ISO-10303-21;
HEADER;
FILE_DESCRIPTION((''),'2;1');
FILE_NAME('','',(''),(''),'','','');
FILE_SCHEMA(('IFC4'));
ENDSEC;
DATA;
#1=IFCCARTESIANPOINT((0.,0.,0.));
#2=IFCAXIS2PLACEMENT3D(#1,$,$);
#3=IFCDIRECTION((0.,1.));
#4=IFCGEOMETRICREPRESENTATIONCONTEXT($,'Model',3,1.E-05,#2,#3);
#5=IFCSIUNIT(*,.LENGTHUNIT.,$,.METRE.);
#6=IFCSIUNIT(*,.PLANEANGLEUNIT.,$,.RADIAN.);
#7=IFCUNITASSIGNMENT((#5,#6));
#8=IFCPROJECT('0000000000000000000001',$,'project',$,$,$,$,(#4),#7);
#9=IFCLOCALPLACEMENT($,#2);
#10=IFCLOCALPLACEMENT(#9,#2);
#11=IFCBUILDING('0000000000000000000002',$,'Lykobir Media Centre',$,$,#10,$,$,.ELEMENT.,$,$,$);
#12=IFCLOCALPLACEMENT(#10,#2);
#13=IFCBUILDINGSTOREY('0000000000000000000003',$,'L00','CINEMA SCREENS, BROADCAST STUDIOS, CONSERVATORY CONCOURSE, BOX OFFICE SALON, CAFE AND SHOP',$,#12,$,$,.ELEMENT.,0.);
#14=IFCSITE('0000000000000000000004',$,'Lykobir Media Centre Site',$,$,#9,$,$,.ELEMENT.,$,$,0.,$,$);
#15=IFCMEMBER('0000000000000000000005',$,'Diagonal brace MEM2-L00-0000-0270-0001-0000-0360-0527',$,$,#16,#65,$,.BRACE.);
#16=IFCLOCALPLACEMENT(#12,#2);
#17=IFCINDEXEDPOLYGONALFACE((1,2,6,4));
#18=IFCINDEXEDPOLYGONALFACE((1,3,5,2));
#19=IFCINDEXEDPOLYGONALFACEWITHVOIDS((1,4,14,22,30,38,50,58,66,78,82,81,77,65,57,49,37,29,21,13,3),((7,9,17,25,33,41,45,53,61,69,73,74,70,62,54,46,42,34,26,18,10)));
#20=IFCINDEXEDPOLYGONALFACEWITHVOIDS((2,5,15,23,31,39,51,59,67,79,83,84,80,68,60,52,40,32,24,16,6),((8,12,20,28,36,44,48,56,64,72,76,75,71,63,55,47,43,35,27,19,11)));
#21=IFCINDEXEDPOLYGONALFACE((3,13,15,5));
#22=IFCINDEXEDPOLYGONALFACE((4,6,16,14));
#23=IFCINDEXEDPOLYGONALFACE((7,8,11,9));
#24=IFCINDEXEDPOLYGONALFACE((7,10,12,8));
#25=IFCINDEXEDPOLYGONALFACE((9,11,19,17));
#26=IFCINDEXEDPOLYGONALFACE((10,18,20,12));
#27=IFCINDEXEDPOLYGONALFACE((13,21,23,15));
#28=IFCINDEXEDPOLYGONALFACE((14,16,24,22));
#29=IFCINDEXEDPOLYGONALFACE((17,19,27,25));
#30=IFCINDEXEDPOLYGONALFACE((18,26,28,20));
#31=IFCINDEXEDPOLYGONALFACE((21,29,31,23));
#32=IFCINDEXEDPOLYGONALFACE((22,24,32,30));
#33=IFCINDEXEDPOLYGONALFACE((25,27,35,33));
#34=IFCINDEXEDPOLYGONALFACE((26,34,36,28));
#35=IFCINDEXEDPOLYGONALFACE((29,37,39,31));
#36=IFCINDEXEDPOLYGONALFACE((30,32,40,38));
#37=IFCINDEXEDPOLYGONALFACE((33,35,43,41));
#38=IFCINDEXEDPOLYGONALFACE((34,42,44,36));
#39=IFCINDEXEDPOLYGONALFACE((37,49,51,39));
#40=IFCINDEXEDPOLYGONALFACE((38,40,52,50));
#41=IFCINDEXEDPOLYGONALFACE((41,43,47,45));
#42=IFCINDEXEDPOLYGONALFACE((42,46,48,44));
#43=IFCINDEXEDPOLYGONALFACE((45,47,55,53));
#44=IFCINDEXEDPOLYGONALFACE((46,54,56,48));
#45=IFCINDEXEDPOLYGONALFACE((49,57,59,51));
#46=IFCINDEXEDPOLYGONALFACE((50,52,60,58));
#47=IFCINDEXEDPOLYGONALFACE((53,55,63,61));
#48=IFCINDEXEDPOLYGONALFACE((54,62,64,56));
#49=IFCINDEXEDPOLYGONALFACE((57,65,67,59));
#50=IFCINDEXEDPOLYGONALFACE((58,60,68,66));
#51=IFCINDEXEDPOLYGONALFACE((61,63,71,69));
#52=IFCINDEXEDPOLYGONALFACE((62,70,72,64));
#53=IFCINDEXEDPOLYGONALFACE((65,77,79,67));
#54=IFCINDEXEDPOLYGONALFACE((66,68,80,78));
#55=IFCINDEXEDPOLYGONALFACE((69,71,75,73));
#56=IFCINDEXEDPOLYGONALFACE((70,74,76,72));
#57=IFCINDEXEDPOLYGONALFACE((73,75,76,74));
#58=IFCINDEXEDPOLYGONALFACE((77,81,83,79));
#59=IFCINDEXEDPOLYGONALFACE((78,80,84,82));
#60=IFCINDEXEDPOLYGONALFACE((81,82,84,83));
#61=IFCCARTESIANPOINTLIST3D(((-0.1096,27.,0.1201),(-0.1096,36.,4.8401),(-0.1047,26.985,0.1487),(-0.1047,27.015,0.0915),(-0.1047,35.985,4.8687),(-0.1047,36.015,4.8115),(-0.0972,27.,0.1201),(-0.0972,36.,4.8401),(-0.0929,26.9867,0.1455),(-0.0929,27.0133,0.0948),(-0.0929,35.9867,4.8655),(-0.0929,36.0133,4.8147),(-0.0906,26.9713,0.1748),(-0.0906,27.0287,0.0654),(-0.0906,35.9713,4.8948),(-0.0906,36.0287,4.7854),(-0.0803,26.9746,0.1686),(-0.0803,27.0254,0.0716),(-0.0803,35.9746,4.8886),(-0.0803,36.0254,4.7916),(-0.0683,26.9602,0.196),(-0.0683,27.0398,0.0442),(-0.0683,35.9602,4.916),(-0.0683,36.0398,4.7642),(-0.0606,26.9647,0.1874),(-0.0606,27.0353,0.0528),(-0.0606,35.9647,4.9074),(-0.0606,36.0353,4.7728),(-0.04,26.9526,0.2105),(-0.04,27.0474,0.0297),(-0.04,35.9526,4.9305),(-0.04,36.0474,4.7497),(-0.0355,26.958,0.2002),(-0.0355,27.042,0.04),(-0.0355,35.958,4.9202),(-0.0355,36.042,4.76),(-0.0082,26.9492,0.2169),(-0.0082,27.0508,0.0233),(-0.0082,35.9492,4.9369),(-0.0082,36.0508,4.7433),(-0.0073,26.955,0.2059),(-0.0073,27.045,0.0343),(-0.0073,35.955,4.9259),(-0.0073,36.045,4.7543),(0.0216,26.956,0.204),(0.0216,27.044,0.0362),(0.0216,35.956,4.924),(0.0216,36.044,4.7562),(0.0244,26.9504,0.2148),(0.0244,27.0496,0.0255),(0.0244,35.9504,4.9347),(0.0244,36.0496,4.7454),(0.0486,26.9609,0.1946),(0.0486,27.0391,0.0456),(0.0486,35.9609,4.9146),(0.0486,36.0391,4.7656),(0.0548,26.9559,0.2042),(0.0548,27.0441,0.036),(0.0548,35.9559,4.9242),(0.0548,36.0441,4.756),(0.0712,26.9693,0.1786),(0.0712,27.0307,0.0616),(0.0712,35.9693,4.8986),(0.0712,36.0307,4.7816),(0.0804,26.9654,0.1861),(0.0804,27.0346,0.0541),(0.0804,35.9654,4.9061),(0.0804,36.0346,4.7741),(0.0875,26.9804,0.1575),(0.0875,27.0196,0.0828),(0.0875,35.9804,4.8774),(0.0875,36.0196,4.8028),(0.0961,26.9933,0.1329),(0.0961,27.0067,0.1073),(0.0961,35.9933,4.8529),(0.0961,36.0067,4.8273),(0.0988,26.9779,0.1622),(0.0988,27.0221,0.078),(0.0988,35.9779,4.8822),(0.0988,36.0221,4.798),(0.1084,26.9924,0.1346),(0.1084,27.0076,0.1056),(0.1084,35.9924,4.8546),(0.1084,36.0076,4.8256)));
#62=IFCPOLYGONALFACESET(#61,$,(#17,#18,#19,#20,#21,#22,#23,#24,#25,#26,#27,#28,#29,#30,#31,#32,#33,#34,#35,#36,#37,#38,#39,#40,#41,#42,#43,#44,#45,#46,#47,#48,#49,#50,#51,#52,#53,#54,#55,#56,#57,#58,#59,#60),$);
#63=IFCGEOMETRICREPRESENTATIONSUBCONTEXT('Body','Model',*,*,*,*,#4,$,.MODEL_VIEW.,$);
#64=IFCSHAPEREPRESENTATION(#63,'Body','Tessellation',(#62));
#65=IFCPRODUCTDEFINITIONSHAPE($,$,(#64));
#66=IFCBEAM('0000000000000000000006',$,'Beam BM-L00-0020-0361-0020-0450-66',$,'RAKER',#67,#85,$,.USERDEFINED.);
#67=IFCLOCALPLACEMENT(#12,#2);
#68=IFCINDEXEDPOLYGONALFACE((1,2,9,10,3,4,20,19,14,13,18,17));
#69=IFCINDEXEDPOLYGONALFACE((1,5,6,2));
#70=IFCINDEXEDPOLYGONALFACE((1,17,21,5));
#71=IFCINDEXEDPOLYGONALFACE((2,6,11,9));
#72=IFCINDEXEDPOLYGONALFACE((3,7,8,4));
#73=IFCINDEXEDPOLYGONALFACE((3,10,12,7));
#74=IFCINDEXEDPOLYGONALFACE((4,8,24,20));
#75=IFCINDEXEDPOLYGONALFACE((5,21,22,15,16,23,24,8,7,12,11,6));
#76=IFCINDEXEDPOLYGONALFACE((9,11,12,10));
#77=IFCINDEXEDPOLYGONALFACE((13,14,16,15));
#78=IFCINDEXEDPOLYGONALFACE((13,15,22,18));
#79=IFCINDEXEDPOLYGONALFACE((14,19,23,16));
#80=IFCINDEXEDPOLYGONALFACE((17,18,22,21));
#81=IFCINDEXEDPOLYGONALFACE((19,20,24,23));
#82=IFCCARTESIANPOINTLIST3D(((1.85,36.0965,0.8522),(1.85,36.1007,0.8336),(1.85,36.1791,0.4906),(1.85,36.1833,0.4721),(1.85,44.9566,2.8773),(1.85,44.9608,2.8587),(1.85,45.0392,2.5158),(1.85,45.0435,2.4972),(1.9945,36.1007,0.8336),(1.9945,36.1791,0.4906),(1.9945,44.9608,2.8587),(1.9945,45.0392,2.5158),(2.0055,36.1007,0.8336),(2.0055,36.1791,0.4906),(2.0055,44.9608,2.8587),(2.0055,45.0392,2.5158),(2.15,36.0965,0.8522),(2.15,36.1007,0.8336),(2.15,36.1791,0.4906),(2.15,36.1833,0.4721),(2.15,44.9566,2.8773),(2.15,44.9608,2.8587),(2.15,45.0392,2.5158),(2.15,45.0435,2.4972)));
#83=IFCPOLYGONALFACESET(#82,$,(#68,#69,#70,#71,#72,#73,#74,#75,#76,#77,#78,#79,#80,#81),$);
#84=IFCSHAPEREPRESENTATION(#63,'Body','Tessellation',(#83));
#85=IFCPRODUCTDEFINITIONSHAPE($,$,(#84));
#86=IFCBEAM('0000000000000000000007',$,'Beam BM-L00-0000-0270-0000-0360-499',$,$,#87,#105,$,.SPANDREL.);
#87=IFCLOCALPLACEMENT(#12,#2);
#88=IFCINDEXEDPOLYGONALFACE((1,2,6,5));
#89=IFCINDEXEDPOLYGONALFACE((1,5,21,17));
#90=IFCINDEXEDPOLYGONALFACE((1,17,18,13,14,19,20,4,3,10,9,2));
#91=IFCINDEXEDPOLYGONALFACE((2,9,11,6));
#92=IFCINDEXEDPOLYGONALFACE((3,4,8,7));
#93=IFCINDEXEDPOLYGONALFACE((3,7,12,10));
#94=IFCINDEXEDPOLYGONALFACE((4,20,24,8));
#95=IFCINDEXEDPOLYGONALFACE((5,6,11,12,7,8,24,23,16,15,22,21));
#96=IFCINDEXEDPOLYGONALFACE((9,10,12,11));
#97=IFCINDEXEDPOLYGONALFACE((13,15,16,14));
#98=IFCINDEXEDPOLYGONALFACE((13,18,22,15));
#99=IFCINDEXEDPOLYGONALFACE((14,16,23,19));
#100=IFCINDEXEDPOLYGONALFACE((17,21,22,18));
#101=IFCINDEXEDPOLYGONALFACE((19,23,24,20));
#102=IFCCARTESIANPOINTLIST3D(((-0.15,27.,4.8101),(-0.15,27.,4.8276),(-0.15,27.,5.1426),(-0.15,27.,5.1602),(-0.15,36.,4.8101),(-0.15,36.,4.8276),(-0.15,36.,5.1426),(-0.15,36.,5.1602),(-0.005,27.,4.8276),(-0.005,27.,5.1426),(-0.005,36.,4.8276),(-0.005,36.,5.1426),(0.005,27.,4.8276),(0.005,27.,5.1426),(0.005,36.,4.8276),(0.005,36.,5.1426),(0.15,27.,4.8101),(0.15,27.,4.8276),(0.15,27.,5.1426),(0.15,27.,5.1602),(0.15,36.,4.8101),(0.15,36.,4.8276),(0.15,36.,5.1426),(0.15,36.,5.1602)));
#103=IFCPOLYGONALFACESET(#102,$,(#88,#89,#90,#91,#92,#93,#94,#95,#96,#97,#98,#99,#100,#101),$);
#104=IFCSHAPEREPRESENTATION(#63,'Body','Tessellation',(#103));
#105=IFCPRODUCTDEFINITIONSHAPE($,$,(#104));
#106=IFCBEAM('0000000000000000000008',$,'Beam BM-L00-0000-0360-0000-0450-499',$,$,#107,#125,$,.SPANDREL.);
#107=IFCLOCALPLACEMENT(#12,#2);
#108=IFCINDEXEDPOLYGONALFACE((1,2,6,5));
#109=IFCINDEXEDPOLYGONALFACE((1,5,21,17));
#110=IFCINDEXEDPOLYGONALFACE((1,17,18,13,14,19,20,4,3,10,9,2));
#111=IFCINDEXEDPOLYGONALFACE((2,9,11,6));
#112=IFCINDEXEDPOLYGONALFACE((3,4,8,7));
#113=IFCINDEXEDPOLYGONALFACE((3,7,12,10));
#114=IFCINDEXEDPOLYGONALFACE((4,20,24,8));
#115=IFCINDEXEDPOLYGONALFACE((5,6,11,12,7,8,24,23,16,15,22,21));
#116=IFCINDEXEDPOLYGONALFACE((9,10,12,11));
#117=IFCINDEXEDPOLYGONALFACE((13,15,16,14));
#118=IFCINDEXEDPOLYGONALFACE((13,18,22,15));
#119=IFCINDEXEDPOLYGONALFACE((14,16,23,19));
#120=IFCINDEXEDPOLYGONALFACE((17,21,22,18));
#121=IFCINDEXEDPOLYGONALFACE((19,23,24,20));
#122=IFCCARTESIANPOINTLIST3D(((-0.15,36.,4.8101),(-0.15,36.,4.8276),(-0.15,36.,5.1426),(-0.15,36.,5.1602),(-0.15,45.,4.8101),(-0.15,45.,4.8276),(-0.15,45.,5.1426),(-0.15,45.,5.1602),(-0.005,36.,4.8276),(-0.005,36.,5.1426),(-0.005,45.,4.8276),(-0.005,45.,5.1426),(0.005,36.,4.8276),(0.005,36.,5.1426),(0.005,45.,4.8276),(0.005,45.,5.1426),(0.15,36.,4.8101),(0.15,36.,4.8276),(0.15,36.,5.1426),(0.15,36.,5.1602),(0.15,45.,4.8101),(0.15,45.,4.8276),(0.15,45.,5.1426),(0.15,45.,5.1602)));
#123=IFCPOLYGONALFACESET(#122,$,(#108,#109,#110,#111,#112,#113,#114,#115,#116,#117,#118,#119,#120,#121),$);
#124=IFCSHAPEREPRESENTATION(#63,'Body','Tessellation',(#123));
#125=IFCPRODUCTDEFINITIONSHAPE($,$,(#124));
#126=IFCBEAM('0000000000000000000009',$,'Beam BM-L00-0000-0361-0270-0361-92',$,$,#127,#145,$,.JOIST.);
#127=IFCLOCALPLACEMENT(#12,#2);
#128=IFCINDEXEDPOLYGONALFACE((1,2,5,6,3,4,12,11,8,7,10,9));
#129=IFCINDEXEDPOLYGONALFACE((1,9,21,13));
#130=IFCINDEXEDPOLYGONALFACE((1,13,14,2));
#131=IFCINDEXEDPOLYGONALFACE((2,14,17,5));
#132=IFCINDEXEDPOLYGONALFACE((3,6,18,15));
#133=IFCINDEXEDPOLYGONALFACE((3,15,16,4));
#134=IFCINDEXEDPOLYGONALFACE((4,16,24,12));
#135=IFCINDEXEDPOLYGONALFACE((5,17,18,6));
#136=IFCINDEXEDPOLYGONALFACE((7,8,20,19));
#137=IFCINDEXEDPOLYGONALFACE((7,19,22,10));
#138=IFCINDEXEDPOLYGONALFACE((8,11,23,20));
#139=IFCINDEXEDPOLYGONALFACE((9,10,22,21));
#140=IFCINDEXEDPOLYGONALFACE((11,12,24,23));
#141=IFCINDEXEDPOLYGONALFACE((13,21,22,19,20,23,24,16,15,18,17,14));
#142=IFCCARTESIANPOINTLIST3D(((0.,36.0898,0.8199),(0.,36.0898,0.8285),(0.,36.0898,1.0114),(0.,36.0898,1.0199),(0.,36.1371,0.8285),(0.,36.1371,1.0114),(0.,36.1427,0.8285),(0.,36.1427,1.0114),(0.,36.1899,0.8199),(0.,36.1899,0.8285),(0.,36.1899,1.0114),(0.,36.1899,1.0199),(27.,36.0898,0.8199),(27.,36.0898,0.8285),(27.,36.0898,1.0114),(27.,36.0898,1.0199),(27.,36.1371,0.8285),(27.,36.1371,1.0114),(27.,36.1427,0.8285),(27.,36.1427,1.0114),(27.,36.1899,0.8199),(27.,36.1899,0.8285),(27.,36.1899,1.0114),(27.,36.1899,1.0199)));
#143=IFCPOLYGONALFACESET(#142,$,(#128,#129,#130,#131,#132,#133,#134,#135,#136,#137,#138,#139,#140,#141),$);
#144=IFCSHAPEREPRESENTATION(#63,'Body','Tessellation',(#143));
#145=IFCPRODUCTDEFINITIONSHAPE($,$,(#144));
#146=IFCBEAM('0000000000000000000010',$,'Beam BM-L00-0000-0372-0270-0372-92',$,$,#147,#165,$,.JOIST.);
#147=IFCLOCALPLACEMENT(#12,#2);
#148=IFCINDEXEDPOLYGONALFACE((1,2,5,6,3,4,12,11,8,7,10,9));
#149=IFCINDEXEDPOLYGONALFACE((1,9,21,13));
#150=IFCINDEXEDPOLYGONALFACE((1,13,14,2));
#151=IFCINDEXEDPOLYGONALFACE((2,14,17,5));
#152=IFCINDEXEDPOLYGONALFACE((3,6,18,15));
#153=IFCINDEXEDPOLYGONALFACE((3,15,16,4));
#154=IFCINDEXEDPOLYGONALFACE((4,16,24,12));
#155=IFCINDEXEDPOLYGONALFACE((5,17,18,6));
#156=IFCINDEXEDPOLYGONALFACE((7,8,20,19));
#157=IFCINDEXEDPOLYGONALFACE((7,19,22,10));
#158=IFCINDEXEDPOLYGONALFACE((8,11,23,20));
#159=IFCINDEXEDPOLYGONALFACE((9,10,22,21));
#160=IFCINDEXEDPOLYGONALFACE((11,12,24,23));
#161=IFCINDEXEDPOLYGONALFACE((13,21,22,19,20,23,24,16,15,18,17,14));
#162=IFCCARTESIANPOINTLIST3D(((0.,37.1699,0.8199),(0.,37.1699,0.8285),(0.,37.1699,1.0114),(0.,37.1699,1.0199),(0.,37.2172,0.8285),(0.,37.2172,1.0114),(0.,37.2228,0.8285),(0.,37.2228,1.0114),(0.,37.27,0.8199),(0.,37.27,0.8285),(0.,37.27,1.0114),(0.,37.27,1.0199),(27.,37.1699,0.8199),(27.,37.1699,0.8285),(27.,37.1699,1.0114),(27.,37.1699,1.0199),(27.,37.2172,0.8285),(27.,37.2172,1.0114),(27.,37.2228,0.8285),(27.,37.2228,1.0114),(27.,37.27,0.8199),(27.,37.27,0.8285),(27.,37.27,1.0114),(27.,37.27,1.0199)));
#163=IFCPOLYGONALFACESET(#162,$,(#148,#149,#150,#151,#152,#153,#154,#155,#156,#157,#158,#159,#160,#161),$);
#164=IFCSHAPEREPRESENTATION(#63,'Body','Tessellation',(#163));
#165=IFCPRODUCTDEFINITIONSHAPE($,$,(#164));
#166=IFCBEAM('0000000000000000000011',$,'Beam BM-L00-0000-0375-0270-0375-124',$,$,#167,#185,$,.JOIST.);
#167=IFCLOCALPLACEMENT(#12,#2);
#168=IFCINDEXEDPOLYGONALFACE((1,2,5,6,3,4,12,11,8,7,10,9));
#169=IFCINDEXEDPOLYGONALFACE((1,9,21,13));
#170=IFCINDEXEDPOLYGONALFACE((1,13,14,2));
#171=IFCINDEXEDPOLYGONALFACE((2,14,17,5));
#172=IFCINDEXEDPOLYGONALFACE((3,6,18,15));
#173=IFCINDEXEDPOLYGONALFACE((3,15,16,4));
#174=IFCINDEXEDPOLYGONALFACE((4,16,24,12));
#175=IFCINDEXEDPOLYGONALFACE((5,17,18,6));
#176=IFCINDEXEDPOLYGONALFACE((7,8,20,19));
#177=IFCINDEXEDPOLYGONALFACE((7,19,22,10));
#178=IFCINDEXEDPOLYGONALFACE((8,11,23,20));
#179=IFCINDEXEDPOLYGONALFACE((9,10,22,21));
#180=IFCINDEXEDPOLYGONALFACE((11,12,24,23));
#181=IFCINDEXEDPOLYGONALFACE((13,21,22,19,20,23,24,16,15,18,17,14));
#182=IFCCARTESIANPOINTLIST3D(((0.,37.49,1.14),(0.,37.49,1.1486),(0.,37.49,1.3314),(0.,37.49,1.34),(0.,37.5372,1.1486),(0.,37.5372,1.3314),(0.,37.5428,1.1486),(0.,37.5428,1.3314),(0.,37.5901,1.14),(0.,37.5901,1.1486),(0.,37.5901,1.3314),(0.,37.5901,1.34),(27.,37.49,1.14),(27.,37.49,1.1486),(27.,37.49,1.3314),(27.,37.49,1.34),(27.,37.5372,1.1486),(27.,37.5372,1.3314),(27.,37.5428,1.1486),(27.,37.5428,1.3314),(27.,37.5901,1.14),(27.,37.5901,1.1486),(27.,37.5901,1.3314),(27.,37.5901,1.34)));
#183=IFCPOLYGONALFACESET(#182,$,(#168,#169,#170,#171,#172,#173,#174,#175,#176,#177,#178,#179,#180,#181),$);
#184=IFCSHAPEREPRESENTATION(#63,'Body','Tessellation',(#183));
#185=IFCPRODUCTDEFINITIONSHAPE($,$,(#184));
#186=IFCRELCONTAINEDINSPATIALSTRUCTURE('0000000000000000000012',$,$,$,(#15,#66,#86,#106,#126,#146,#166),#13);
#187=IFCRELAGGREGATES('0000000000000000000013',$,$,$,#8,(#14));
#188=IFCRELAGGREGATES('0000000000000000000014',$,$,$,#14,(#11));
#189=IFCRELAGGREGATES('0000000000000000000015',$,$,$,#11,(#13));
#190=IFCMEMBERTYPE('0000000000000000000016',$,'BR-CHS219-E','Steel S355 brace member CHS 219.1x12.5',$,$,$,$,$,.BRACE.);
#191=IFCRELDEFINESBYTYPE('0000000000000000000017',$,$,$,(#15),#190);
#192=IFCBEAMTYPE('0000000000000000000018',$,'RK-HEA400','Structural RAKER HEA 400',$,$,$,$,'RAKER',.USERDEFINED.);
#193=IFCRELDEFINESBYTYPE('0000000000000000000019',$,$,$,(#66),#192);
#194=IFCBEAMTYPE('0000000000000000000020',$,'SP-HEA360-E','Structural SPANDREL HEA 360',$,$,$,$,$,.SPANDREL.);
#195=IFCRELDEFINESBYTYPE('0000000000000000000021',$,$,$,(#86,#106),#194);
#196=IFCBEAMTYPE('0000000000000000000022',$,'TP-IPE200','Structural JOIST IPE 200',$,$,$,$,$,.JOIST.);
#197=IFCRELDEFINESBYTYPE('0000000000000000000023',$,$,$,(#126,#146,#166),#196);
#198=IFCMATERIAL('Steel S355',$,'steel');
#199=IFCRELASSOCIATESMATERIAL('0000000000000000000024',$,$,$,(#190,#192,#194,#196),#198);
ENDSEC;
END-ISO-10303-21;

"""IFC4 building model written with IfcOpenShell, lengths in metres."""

from ifc_helpers import new_model, si_unit, direction, frame, origin, origin_2d, place, context, subcontext, project, spatial, hollow_circle, i_section, extrude, material, material_profile, profile_set, type_object, element, save


model = new_model("IFC4")

# Units and contexts
model_context = context("Model", 3, precision=1e-05, world=origin(), true_north=direction((0.0, 1.0)))
body_context = subcontext(model_context, "Body", "Model", "MODEL_VIEW")
ifc_project = project(units=[si_unit("LENGTHUNIT", "METRE"), si_unit("PLANEANGLEUNIT", "RADIAN")], contexts=[model_context])

# Site, building, storey
site_placement = place(None, origin())
site = spatial("IfcSite", under=ifc_project, at=site_placement, Name="Lykobir Media Centre Site", CompositionType="ELEMENT", RefElevation=0.0)
building_placement = place(site_placement, origin())
building = spatial("IfcBuilding", under=site, at=building_placement, Name="Lykobir Media Centre", CompositionType="ELEMENT")
storey_placement = place(building_placement, origin())
storey = spatial("IfcBuildingStorey", under=building, at=storey_placement, Name="L00", Description="CINEMA SCREENS, BROADCAST STUDIOS, CONSERVATORY CONCOURSE, BOX OFFICE SALON, CAFE AND SHOP", CompositionType="ELEMENT", Elevation=0.0)

# Shared definitions
ifc_material_1 = material(Name="Steel S355", Category="steel")

# Member
ifc_material_profile_1 = material_profile(ifc_material_1, hollow_circle(Radius=0.1096, WallThickness=0.0125, at=origin_2d()), Name="CHS 219.1x12.5")
ifc_profile_set_1 = profile_set([ifc_material_profile_1], Name="Steel S355")
member_type_1 = type_object("IfcMemberType", Name="BR-CHS219-E", Description="Steel S355 brace member CHS 219.1x12.5", PredefinedType="BRACE", material=ifc_profile_set_1)
member_placement = place(storey_placement, frame((0.0, 27.0, 0.1201), z_axis=(0.0, 0.885601, 0.464446), x_axis=(-1.0, 0.0, 0.0)))
element("IfcMember", 1, at=member_placement, inside=storey, type_object=member_type_1, Name="Diagonal brace MEM2-L00-0000-0270-0001-0000-0360-0527", PredefinedType="BRACE", context=body_context, shape_type="SweptSolid", body=[
    extrude(hollow_circle(Radius=0.1096, WallThickness=0.0125, at=origin_2d()), origin(), (0.0, 0.0, 1.0), 10.1626),
])

# Beams
ifc_material_profile_2 = material_profile(ifc_material_1, i_section(OverallWidth=0.3, OverallDepth=0.3899, WebThickness=0.011, FlangeThickness=0.019, at=origin_2d()), Name="HEA 400")
ifc_profile_set_2 = profile_set([ifc_material_profile_2], Name="Steel S355")
beam_type_1 = type_object("IfcBeamType", Name="RK-HEA400", Description="Structural RAKER HEA 400", ElementType="RAKER", PredefinedType="USERDEFINED", material=ifc_profile_set_2)
beam_1_placement = place(storey_placement, frame((2.0, 36.1399, 0.6621), z_axis=(0.0, 0.974859, 0.222823), x_axis=(-1.0, 0.0, 0.0)))
element("IfcBeam", 2, at=beam_1_placement, inside=storey, type_object=beam_type_1, Name="Beam BM-L00-0020-0361-0020-0450-66", ObjectType="RAKER", PredefinedType="USERDEFINED", context=body_context, shape_type="SweptSolid", body=[
    extrude(i_section(OverallWidth=0.3, OverallDepth=0.3899, WebThickness=0.011, FlangeThickness=0.019, at=origin_2d()), origin(), (0.0, 0.0, 1.0), 9.0886),
])
ifc_material_profile_3 = material_profile(ifc_material_1, i_section(OverallWidth=0.3, OverallDepth=0.3501, WebThickness=0.01, FlangeThickness=0.0176, at=origin_2d()), Name="HEA 360")
ifc_profile_set_3 = profile_set([ifc_material_profile_3], Name="Steel S355")
beam_type_2 = type_object("IfcBeamType", Name="SP-HEA360-E", Description="Structural SPANDREL HEA 360", PredefinedType="SPANDREL", material=ifc_profile_set_3)
for number, where, z_axis, x_axis, name in (
    (3, (0.0, 27.0, 4.9851), (0.0, 1.0, 0.0), (-1.0, 0.0, 0.0), "Beam BM-L00-0000-0270-0000-0360-499"),
    (4, (0.0, 36.0, 4.9851), (0.0, 1.0, 0.0), (-1.0, 0.0, 0.0), "Beam BM-L00-0000-0360-0000-0450-499"),
):
    element("IfcBeam", number, at=place(storey_placement, frame(where, z_axis=z_axis, x_axis=x_axis)), inside=storey, type_object=beam_type_2, Name=name, PredefinedType="SPANDREL", context=body_context, shape_type="SweptSolid", body=[
        extrude(i_section(OverallWidth=0.3, OverallDepth=0.3501, WebThickness=0.01, FlangeThickness=0.0176, at=origin_2d()), origin(), (0.0, 0.0, 1.0), 9.0),
    ])
ifc_material_profile_4 = material_profile(ifc_material_1, i_section(OverallWidth=0.1001, OverallDepth=0.2, WebThickness=0.0056, FlangeThickness=0.0085, at=origin_2d()), Name="IPE 200")
ifc_profile_set_4 = profile_set([ifc_material_profile_4], Name="Steel S355")
beam_type_3 = type_object("IfcBeamType", Name="TP-IPE200", Description="Structural JOIST IPE 200", PredefinedType="JOIST", material=ifc_profile_set_4)
for number, where, z_axis, x_axis, name in (
    (5, (0.0, 36.1399, 0.9199), (1.0, 0.0, 0.0), (0.0, 1.0, 0.0), "Beam BM-L00-0000-0361-0270-0361-92"),
    (6, (0.0, 37.22, 0.9199), (1.0, 0.0, 0.0), (0.0, 1.0, 0.0), "Beam BM-L00-0000-0372-0270-0372-92"),
    (7, (0.0, 37.54, 1.24), (1.0, 0.0, 0.0), (0.0, 1.0, 0.0), "Beam BM-L00-0000-0375-0270-0375-124"),
):
    element("IfcBeam", number, at=place(storey_placement, frame(where, z_axis=z_axis, x_axis=x_axis)), inside=storey, type_object=beam_type_3, Name=name, PredefinedType="JOIST", context=body_context, shape_type="SweptSolid", body=[
        extrude(i_section(OverallWidth=0.1001, OverallDepth=0.2, WebThickness=0.0056, FlangeThickness=0.0085, at=origin_2d()), origin(), (0.0, 0.0, 1.0), 27.0),
    ])

save(model, "model.ifc")
